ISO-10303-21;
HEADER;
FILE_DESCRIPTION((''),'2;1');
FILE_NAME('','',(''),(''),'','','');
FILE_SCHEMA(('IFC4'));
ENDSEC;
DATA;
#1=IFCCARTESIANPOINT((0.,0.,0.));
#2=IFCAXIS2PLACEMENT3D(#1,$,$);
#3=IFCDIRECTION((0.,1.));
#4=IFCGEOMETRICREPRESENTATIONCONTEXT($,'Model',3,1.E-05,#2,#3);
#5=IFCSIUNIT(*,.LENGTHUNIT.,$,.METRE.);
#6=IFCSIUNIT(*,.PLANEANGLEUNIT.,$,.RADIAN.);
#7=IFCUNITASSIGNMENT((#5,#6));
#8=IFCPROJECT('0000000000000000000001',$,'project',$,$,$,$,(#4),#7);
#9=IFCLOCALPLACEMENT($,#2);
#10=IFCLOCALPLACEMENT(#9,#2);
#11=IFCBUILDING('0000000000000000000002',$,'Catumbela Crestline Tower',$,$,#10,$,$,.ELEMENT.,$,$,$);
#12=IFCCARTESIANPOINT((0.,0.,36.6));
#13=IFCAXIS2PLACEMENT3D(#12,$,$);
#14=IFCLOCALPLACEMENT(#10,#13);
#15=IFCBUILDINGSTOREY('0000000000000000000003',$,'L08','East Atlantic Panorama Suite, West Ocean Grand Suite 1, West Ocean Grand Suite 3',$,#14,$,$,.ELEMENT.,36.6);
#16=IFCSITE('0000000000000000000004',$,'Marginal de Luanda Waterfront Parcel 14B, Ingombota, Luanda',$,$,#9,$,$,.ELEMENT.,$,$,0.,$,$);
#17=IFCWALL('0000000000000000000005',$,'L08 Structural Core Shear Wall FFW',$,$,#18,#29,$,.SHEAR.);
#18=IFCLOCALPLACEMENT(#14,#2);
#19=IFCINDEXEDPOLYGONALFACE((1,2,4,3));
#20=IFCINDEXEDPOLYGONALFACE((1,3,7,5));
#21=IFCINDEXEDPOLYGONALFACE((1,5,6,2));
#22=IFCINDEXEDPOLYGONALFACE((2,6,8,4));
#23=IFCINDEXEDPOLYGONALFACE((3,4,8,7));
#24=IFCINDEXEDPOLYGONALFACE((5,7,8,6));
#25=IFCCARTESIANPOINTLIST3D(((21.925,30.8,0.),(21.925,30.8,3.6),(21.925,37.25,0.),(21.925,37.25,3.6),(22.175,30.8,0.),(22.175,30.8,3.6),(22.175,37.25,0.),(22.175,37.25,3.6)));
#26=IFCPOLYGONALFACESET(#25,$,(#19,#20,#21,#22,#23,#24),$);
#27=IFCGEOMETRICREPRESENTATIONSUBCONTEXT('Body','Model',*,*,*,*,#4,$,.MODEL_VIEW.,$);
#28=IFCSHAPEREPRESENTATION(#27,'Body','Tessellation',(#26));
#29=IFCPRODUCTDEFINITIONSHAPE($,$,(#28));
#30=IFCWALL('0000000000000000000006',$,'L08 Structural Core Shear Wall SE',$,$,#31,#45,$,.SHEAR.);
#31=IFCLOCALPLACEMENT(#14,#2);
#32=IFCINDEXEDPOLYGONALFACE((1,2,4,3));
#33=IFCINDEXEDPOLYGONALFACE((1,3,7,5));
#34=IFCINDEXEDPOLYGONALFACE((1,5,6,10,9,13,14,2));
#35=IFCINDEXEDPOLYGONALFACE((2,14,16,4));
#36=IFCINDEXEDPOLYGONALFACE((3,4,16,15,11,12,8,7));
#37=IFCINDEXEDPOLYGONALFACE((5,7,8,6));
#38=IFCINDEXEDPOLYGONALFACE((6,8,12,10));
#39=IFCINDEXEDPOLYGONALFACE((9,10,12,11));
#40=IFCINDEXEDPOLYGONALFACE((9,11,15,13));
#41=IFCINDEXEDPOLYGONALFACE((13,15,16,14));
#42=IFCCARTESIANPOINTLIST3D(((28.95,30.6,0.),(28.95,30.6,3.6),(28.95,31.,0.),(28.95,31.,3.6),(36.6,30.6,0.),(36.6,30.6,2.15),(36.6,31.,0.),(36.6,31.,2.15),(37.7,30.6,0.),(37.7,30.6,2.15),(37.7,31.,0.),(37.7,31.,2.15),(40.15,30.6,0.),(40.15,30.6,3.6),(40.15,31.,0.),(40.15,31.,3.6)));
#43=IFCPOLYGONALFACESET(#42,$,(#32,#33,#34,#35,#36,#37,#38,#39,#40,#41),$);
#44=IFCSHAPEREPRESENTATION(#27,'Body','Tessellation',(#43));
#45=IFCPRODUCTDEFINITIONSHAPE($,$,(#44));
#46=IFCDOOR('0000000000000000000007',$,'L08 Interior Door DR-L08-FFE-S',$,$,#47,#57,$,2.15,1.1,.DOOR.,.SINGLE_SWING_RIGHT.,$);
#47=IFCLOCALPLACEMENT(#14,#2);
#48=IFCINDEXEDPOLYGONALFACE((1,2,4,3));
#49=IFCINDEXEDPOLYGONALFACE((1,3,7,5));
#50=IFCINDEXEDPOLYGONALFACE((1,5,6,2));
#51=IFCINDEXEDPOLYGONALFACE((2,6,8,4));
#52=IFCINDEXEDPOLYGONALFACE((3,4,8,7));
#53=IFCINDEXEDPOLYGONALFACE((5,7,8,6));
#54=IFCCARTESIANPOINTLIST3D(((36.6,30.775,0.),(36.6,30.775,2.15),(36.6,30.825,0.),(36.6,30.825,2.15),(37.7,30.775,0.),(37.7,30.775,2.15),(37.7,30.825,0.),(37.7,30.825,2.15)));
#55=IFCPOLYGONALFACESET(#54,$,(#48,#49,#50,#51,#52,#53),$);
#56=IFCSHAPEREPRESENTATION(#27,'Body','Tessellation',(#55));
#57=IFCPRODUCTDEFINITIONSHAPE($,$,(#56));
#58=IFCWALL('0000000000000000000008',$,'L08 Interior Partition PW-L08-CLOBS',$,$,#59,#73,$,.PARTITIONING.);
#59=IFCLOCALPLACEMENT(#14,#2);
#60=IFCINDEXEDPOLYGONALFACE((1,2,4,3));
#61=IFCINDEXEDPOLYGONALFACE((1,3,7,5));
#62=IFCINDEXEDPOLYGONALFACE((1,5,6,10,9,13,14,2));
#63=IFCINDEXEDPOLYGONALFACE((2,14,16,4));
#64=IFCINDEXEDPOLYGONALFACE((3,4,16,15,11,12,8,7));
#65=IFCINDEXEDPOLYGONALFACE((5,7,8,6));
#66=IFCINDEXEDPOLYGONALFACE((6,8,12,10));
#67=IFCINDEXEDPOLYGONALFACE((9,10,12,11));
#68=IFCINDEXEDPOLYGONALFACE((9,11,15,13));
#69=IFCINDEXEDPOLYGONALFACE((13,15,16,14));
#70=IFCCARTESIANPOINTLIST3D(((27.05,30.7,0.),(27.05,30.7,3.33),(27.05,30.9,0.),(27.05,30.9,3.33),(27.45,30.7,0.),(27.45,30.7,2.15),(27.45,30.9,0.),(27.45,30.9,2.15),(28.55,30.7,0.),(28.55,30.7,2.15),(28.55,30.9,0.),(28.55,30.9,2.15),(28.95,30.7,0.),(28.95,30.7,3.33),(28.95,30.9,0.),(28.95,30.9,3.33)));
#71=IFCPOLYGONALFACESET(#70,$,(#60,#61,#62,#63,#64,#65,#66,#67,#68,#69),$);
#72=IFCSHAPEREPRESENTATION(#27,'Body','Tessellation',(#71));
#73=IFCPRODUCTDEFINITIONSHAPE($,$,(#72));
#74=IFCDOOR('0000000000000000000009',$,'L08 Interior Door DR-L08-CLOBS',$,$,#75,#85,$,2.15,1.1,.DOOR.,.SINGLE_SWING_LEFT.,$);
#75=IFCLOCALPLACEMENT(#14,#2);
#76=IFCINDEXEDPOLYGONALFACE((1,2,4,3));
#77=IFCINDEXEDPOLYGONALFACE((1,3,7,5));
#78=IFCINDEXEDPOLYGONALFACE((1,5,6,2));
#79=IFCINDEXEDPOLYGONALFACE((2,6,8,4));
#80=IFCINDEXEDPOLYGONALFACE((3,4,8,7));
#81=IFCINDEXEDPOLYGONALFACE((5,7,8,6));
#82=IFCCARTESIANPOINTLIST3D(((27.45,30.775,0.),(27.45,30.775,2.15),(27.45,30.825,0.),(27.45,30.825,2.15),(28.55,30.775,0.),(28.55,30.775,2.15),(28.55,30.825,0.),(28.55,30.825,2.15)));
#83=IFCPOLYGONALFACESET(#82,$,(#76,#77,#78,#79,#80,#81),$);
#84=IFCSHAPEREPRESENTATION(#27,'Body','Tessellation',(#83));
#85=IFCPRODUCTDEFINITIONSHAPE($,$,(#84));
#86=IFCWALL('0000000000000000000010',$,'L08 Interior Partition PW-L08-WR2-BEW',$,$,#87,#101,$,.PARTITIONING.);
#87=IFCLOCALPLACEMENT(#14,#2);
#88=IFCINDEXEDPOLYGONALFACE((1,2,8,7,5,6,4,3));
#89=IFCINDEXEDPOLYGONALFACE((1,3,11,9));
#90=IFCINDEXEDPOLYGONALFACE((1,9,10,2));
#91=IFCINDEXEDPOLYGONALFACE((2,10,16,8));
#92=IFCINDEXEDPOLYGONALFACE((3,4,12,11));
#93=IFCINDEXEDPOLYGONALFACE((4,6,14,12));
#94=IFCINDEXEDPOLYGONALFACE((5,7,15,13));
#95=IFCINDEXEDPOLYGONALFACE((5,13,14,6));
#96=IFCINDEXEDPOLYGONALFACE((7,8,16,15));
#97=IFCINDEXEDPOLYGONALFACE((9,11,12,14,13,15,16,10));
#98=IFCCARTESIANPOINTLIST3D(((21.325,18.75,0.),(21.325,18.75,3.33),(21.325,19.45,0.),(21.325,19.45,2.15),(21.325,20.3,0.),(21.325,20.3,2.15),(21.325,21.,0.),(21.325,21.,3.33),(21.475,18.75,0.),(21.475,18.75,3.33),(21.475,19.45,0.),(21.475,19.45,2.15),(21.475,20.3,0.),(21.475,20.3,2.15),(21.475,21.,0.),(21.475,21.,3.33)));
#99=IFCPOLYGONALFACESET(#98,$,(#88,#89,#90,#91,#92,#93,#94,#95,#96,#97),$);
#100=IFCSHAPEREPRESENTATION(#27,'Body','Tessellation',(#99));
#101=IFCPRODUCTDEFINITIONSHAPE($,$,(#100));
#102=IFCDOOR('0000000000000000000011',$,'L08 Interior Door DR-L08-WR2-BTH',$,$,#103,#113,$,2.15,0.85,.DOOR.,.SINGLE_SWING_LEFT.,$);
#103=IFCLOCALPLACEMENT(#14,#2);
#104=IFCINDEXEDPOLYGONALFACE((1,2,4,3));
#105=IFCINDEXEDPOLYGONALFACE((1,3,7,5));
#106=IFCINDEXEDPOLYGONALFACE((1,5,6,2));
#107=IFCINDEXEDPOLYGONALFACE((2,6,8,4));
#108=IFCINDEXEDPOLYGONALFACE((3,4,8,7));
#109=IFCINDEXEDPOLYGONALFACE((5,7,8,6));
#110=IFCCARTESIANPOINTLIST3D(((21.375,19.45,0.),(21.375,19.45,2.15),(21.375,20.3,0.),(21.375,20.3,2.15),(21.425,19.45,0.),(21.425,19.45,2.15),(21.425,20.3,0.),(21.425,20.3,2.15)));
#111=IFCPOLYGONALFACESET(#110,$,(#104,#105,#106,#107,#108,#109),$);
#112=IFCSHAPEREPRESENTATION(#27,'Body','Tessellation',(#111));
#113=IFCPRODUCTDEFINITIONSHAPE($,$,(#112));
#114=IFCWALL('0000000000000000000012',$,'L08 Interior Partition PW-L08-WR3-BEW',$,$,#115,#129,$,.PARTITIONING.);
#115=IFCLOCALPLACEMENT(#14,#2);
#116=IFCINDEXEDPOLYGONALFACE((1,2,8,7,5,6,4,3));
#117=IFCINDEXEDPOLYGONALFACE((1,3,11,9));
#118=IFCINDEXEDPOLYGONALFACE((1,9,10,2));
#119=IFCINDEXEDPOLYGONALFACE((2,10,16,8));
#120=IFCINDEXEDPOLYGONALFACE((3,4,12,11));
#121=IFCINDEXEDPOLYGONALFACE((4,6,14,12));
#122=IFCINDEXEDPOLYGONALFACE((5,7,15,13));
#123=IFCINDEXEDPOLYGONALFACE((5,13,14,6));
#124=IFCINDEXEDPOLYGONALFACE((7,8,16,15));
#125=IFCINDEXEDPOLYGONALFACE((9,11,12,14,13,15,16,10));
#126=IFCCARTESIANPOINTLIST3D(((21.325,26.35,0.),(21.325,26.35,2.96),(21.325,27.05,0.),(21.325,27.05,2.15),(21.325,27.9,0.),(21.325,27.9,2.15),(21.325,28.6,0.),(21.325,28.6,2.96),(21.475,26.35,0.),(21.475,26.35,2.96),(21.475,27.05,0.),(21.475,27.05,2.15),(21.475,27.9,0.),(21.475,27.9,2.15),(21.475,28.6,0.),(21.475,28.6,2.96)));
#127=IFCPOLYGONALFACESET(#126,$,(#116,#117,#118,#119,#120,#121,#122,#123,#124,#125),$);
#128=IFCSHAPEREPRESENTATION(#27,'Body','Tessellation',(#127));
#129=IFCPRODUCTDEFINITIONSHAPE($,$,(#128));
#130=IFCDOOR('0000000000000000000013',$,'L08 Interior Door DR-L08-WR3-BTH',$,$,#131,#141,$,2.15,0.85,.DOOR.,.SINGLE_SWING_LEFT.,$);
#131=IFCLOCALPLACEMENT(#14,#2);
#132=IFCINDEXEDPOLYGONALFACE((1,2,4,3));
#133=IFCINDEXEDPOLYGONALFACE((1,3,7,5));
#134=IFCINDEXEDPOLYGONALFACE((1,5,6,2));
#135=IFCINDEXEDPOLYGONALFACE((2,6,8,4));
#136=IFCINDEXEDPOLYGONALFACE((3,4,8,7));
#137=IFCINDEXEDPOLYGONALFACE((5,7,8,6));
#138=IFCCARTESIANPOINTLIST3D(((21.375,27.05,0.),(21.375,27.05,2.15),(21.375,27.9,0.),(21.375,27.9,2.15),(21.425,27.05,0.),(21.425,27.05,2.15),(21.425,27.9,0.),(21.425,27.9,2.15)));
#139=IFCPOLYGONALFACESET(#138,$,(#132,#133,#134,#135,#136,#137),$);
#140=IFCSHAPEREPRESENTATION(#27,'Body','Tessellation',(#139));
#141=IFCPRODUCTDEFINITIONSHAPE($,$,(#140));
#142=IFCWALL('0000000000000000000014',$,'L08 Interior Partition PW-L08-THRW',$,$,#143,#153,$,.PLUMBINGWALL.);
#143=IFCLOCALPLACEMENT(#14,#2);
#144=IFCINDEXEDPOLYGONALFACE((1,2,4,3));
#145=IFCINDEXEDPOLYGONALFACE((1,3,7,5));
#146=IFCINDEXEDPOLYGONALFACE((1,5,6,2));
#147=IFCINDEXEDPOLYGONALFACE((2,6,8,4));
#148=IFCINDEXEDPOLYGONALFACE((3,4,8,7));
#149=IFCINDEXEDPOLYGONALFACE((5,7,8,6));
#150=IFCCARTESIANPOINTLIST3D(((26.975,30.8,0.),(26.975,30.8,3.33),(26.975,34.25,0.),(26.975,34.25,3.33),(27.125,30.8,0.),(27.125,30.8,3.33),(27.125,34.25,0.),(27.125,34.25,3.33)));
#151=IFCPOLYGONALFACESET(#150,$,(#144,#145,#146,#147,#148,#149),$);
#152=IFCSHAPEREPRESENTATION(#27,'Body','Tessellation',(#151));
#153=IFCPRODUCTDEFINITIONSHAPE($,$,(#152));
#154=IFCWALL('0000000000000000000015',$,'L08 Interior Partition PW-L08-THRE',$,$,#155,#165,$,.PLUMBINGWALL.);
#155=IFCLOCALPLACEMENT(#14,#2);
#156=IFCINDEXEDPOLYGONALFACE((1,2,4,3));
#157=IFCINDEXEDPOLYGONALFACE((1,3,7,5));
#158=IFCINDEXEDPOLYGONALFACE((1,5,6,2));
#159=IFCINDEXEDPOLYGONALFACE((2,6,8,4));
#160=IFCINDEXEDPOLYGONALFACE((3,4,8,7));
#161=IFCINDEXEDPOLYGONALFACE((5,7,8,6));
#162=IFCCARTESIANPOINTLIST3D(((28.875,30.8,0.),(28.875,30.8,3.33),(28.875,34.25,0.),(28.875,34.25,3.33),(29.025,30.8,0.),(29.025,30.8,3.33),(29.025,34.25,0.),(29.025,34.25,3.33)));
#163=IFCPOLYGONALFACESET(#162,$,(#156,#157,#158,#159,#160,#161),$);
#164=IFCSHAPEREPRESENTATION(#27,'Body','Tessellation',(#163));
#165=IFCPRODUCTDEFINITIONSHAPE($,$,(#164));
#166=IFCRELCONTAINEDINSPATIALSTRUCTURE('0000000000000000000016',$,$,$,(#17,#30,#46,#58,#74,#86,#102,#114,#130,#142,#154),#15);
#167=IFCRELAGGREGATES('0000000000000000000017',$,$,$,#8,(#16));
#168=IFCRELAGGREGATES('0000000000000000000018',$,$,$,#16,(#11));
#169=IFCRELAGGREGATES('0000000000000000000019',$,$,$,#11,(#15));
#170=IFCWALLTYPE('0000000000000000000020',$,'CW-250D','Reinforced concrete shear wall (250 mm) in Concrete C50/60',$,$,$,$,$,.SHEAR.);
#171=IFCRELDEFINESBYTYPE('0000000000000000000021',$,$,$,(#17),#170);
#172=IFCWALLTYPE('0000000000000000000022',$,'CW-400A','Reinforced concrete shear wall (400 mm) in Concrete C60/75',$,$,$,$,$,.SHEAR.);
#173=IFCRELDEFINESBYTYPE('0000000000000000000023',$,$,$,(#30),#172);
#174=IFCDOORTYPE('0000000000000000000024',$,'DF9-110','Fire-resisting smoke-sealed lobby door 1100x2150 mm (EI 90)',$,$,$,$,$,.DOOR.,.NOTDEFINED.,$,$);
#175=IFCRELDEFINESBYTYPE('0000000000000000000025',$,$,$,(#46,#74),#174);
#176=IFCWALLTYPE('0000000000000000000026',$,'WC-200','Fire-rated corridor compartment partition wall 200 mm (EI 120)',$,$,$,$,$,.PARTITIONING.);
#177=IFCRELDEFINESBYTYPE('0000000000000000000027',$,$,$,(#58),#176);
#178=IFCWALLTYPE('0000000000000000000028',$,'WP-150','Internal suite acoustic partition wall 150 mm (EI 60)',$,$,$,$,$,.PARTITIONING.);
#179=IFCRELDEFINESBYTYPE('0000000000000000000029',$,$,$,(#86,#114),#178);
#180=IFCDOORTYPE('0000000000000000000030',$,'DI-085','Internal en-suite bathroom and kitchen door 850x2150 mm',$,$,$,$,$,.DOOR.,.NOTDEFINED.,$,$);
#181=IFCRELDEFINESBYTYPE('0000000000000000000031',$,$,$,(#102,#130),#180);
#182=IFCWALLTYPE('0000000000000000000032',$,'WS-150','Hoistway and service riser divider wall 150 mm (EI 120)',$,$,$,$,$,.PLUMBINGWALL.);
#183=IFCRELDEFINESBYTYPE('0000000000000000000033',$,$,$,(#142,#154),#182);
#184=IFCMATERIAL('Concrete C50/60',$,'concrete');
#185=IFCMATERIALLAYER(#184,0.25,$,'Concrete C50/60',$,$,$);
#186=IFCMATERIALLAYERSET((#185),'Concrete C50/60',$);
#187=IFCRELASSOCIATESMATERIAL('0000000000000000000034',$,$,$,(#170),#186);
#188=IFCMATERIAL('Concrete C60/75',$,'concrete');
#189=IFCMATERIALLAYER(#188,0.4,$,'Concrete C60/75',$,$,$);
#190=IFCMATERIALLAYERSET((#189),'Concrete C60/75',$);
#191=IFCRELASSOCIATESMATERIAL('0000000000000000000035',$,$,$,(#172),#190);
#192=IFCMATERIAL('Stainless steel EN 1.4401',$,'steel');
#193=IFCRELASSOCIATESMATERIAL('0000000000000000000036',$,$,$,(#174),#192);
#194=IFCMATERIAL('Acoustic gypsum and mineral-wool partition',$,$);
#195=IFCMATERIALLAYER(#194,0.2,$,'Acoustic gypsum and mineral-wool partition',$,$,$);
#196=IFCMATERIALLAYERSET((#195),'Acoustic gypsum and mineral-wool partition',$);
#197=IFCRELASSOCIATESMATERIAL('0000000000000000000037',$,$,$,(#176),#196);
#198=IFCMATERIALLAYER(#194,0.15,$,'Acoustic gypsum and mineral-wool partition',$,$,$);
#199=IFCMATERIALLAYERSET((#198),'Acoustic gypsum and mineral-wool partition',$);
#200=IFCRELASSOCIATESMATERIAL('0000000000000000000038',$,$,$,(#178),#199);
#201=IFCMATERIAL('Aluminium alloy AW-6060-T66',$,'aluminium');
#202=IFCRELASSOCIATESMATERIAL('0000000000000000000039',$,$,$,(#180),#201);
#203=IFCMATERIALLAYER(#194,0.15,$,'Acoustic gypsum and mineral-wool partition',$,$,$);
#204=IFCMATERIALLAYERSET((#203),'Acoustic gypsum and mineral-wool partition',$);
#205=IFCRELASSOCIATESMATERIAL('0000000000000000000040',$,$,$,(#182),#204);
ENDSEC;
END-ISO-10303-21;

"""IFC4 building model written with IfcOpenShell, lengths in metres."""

from ifc_helpers import new_model, si_unit, direction, frame, frame_2d, origin, place, context, subcontext, project, spatial, rectangle, extrude, material, layer, layer_set, type_object, element, fill, save


model = new_model("IFC4")

# Units and contexts
model_context = context("Model", 3, precision=1e-05, world=origin(), true_north=direction((0.0, 1.0)))
body_context = subcontext(model_context, "Body", "Model", "MODEL_VIEW")
ifc_project = project(units=[si_unit("LENGTHUNIT", "METRE"), si_unit("PLANEANGLEUNIT", "RADIAN")], contexts=[model_context])

# Site, building, storey
site_placement = place(None, origin())
site = spatial("IfcSite", under=ifc_project, at=site_placement, Name="Marginal de Luanda Waterfront Parcel 14B, Ingombota, Luanda", CompositionType="ELEMENT", RefElevation=0.0)
building_placement = place(site_placement, origin())
building = spatial("IfcBuilding", under=site, at=building_placement, Name="Catumbela Crestline Tower", CompositionType="ELEMENT")
storey_placement = place(building_placement, frame((0.0, 0.0, 36.6)))
storey = spatial("IfcBuildingStorey", under=building, at=storey_placement, Name="L08", Description="East Atlantic Panorama Suite, West Ocean Grand Suite 1, West Ocean Grand Suite 3", CompositionType="ELEMENT", Elevation=36.6)

# Shared definitions
ifc_material_1 = material(Name="Concrete C60/75", Category="concrete")

# Shared definitions
ifc_material_2 = material(Name="Aluminium alloy AW-6060-T66", Category="aluminium")

# Wall
ifc_material_3 = material(Name="Concrete C50/60", Category="concrete")
ifc_layer_1 = layer(ifc_material_3, 0.25, Name="Concrete C50/60")
ifc_layer_set_1 = layer_set([ifc_layer_1], Name="Concrete C50/60")
wall_type_1 = type_object("IfcWallType", Name="CW-250D", Description="Reinforced concrete shear wall (250 mm) in Concrete C50/60", PredefinedType="SHEAR", material=ifc_layer_set_1)
wall_1_placement = place(storey_placement, frame((22.05, 30.8, 0.0), z_axis=(0.0, 0.0, 1.0), x_axis=(0.0, 1.0, 0.0)))
element("IfcWall", 1, at=wall_1_placement, inside=storey, type_object=wall_type_1, Name="L08 Structural Core Shear Wall FFW", PredefinedType="SHEAR", context=body_context, shape_type="SweptSolid", body=[
    extrude(rectangle(XDim=6.45, YDim=0.25, at=frame_2d((3.225, 0.0))), origin(), (0.0, 0.0, 1.0), 3.6),
])

# Walls, openings, doors
ifc_layer_2 = layer(ifc_material_1, 0.4, Name="Concrete C60/75")
ifc_layer_set_2 = layer_set([ifc_layer_2], Name="Concrete C60/75")
wall_type_2 = type_object("IfcWallType", Name="CW-400A", Description="Reinforced concrete shear wall (400 mm) in Concrete C60/75", PredefinedType="SHEAR", material=ifc_layer_set_2)
wall_2_placement = place(storey_placement, frame((28.95, 30.8, 0.0), z_axis=(0.0, 0.0, 1.0), x_axis=(1.0, 0.0, 0.0)))
wall_2 = element("IfcWall", 2, at=wall_2_placement, inside=storey, type_object=wall_type_2, Name="L08 Structural Core Shear Wall SE", PredefinedType="SHEAR", context=body_context, shape_type="SweptSolid", body=[
    extrude(rectangle(XDim=11.2, YDim=0.4, at=frame_2d((5.6, 0.0))), origin(), (0.0, 0.0, 1.0), 3.6),
])
opening_1_placement = place(wall_2_placement, frame((7.65, 0.0, 0.0)))
opening_1 = element("IfcOpeningElement", 3, at=opening_1_placement, cuts=wall_2, PredefinedType="OPENING", context=body_context, shape_type="SweptSolid", body=[
    extrude(rectangle(XDim=1.1, YDim=2.15, at=frame_2d((0.55, 1.075))), frame((0.0, 0.21, 0.0), z_axis=(0.0, -1.0, 0.0), x_axis=(1.0, 0.0, 0.0)), (0.0, 0.0, 1.0), 0.42),
])
ifc_material_4 = material(Name="Stainless steel EN 1.4401", Category="steel")
door_type_1 = type_object("IfcDoorType", Name="DF9-110", Description="Fire-resisting smoke-sealed lobby door 1100x2150 mm (EI 90)", OperationType="NOTDEFINED", PredefinedType="DOOR", material=ifc_material_4)
door_1_placement = place(opening_1_placement, origin())
door_1 = element("IfcDoor", 4, at=door_1_placement, inside=storey, type_object=door_type_1, Name="L08 Interior Door DR-L08-FFE-S", OperationType="SINGLE_SWING_RIGHT", OverallHeight=2.15, OverallWidth=1.1, PredefinedType="DOOR", context=body_context, shape_type="SweptSolid", body=[
    extrude(rectangle(XDim=1.1, YDim=2.15, at=frame_2d((0.55, 1.075))), frame((0.0, 0.025, 0.0), z_axis=(0.0, -1.0, 0.0), x_axis=(1.0, 0.0, 0.0)), (0.0, 0.0, 1.0), 0.05),
])
fill(opening_1, door_1)
ifc_material_5 = material(Name="Acoustic gypsum and mineral-wool partition")
ifc_layer_3 = layer(ifc_material_5, 0.2, Name="Acoustic gypsum and mineral-wool partition")
ifc_layer_set_3 = layer_set([ifc_layer_3], Name="Acoustic gypsum and mineral-wool partition")
wall_type_3 = type_object("IfcWallType", Name="WC-200", Description="Fire-rated corridor compartment partition wall 200 mm (EI 120)", PredefinedType="PARTITIONING", material=ifc_layer_set_3)
wall_3_placement = place(storey_placement, frame((27.05, 30.8, 0.0), z_axis=(0.0, 0.0, 1.0), x_axis=(1.0, 0.0, 0.0)))
wall_3 = element("IfcWall", 5, at=wall_3_placement, inside=storey, type_object=wall_type_3, Name="L08 Interior Partition PW-L08-CLOBS", PredefinedType="PARTITIONING", context=body_context, shape_type="SweptSolid", body=[
    extrude(rectangle(XDim=1.9, YDim=0.2, at=frame_2d((0.95, 0.0))), origin(), (0.0, 0.0, 1.0), 3.33),
])
opening_2_placement = place(wall_3_placement, frame((0.4, 0.0, 0.0)))
opening_2 = element("IfcOpeningElement", 6, at=opening_2_placement, cuts=wall_3, PredefinedType="OPENING", context=body_context, shape_type="SweptSolid", body=[
    extrude(rectangle(XDim=1.1, YDim=2.15, at=frame_2d((0.55, 1.075))), frame((0.0, 0.11, 0.0), z_axis=(0.0, -1.0, 0.0), x_axis=(1.0, 0.0, 0.0)), (0.0, 0.0, 1.0), 0.22),
])
door_2_placement = place(opening_2_placement, origin())
door_2 = element("IfcDoor", 7, at=door_2_placement, inside=storey, type_object=door_type_1, Name="L08 Interior Door DR-L08-CLOBS", OperationType="SINGLE_SWING_LEFT", OverallHeight=2.15, OverallWidth=1.1, PredefinedType="DOOR", context=body_context, shape_type="SweptSolid", body=[
    extrude(rectangle(XDim=1.1, YDim=2.15, at=frame_2d((0.55, 1.075))), frame((0.0, 0.025, 0.0), z_axis=(0.0, -1.0, 0.0), x_axis=(1.0, 0.0, 0.0)), (0.0, 0.0, 1.0), 0.05),
])
fill(opening_2, door_2)
ifc_layer_4 = layer(ifc_material_5, 0.15, Name="Acoustic gypsum and mineral-wool partition")
ifc_layer_set_4 = layer_set([ifc_layer_4], Name="Acoustic gypsum and mineral-wool partition")
wall_type_4 = type_object("IfcWallType", Name="WP-150", Description="Internal suite acoustic partition wall 150 mm (EI 60)", PredefinedType="PARTITIONING", material=ifc_layer_set_4)
wall_4_placement = place(storey_placement, frame((21.4, 18.75, 0.0), z_axis=(0.0, 0.0, 1.0), x_axis=(0.0, 1.0, 0.0)))
wall_4 = element("IfcWall", 8, at=wall_4_placement, inside=storey, type_object=wall_type_4, Name="L08 Interior Partition PW-L08-WR2-BEW", PredefinedType="PARTITIONING", context=body_context, shape_type="SweptSolid", body=[
    extrude(rectangle(XDim=2.25, YDim=0.15, at=frame_2d((1.125, 0.0))), origin(), (0.0, 0.0, 1.0), 3.33),
])
opening_3_placement = place(wall_4_placement, frame((0.7, 0.0, 0.0)))
opening_3 = element("IfcOpeningElement", 9, at=opening_3_placement, cuts=wall_4, PredefinedType="OPENING", context=body_context, shape_type="SweptSolid", body=[
    extrude(rectangle(XDim=0.85, YDim=2.15, at=frame_2d((0.425, 1.075))), frame((0.0, 0.085, 0.0), z_axis=(0.0, -1.0, 0.0), x_axis=(1.0, 0.0, 0.0)), (0.0, 0.0, 1.0), 0.17),
])
door_type_2 = type_object("IfcDoorType", Name="DI-085", Description="Internal en-suite bathroom and kitchen door 850x2150 mm", OperationType="NOTDEFINED", PredefinedType="DOOR", material=ifc_material_2)
door_3_placement = place(opening_3_placement, origin())
door_3 = element("IfcDoor", 10, at=door_3_placement, inside=storey, type_object=door_type_2, Name="L08 Interior Door DR-L08-WR2-BTH", OperationType="SINGLE_SWING_LEFT", OverallHeight=2.15, OverallWidth=0.85, PredefinedType="DOOR", context=body_context, shape_type="SweptSolid", body=[
    extrude(rectangle(XDim=0.85, YDim=2.15, at=frame_2d((0.425, 1.075))), frame((0.0, 0.025, 0.0), z_axis=(0.0, -1.0, 0.0), x_axis=(1.0, 0.0, 0.0)), (0.0, 0.0, 1.0), 0.05),
])
fill(opening_3, door_3)
wall_5_placement = place(storey_placement, frame((21.4, 26.35, 0.0), z_axis=(0.0, 0.0, 1.0), x_axis=(0.0, 1.0, 0.0)))
wall_5 = element("IfcWall", 11, at=wall_5_placement, inside=storey, type_object=wall_type_4, Name="L08 Interior Partition PW-L08-WR3-BEW", PredefinedType="PARTITIONING", context=body_context, shape_type="SweptSolid", body=[
    extrude(rectangle(XDim=2.25, YDim=0.15, at=frame_2d((1.125, 0.0))), origin(), (0.0, 0.0, 1.0), 2.96),
])
opening_4_placement = place(wall_5_placement, frame((0.7, 0.0, 0.0)))
opening_4 = element("IfcOpeningElement", 12, at=opening_4_placement, cuts=wall_5, PredefinedType="OPENING", context=body_context, shape_type="SweptSolid", body=[
    extrude(rectangle(XDim=0.85, YDim=2.15, at=frame_2d((0.425, 1.075))), frame((0.0, 0.085, 0.0), z_axis=(0.0, -1.0, 0.0), x_axis=(1.0, 0.0, 0.0)), (0.0, 0.0, 1.0), 0.17),
])
door_4_placement = place(opening_4_placement, origin())
door_4 = element("IfcDoor", 13, at=door_4_placement, inside=storey, type_object=door_type_2, Name="L08 Interior Door DR-L08-WR3-BTH", OperationType="SINGLE_SWING_LEFT", OverallHeight=2.15, OverallWidth=0.85, PredefinedType="DOOR", context=body_context, shape_type="SweptSolid", body=[
    extrude(rectangle(XDim=0.85, YDim=2.15, at=frame_2d((0.425, 1.075))), frame((0.0, 0.025, 0.0), z_axis=(0.0, -1.0, 0.0), x_axis=(1.0, 0.0, 0.0)), (0.0, 0.0, 1.0), 0.05),
])
fill(opening_4, door_4)

# Walls
ifc_layer_5 = layer(ifc_material_5, 0.15, Name="Acoustic gypsum and mineral-wool partition")
ifc_layer_set_5 = layer_set([ifc_layer_5], Name="Acoustic gypsum and mineral-wool partition")
wall_type_5 = type_object("IfcWallType", Name="WS-150", Description="Hoistway and service riser divider wall 150 mm (EI 120)", PredefinedType="PLUMBINGWALL", material=ifc_layer_set_5)
for number, where, z_axis, x_axis, name in (
    (14, (27.05, 30.8, 0.0), (0.0, 0.0, 1.0), (0.0, 1.0, 0.0), "L08 Interior Partition PW-L08-THRW"),
    (15, (28.95, 30.8, 0.0), (0.0, 0.0, 1.0), (0.0, 1.0, 0.0), "L08 Interior Partition PW-L08-THRE"),
):
    element("IfcWall", number, at=place(storey_placement, frame(where, z_axis=z_axis, x_axis=x_axis)), inside=storey, type_object=wall_type_5, Name=name, PredefinedType="PLUMBINGWALL", context=body_context, shape_type="SweptSolid", body=[
        extrude(rectangle(XDim=3.45, YDim=0.15, at=frame_2d((1.725, 0.0))), origin(), (0.0, 0.0, 1.0), 3.33),
    ])

save(model, "model.ifc")
